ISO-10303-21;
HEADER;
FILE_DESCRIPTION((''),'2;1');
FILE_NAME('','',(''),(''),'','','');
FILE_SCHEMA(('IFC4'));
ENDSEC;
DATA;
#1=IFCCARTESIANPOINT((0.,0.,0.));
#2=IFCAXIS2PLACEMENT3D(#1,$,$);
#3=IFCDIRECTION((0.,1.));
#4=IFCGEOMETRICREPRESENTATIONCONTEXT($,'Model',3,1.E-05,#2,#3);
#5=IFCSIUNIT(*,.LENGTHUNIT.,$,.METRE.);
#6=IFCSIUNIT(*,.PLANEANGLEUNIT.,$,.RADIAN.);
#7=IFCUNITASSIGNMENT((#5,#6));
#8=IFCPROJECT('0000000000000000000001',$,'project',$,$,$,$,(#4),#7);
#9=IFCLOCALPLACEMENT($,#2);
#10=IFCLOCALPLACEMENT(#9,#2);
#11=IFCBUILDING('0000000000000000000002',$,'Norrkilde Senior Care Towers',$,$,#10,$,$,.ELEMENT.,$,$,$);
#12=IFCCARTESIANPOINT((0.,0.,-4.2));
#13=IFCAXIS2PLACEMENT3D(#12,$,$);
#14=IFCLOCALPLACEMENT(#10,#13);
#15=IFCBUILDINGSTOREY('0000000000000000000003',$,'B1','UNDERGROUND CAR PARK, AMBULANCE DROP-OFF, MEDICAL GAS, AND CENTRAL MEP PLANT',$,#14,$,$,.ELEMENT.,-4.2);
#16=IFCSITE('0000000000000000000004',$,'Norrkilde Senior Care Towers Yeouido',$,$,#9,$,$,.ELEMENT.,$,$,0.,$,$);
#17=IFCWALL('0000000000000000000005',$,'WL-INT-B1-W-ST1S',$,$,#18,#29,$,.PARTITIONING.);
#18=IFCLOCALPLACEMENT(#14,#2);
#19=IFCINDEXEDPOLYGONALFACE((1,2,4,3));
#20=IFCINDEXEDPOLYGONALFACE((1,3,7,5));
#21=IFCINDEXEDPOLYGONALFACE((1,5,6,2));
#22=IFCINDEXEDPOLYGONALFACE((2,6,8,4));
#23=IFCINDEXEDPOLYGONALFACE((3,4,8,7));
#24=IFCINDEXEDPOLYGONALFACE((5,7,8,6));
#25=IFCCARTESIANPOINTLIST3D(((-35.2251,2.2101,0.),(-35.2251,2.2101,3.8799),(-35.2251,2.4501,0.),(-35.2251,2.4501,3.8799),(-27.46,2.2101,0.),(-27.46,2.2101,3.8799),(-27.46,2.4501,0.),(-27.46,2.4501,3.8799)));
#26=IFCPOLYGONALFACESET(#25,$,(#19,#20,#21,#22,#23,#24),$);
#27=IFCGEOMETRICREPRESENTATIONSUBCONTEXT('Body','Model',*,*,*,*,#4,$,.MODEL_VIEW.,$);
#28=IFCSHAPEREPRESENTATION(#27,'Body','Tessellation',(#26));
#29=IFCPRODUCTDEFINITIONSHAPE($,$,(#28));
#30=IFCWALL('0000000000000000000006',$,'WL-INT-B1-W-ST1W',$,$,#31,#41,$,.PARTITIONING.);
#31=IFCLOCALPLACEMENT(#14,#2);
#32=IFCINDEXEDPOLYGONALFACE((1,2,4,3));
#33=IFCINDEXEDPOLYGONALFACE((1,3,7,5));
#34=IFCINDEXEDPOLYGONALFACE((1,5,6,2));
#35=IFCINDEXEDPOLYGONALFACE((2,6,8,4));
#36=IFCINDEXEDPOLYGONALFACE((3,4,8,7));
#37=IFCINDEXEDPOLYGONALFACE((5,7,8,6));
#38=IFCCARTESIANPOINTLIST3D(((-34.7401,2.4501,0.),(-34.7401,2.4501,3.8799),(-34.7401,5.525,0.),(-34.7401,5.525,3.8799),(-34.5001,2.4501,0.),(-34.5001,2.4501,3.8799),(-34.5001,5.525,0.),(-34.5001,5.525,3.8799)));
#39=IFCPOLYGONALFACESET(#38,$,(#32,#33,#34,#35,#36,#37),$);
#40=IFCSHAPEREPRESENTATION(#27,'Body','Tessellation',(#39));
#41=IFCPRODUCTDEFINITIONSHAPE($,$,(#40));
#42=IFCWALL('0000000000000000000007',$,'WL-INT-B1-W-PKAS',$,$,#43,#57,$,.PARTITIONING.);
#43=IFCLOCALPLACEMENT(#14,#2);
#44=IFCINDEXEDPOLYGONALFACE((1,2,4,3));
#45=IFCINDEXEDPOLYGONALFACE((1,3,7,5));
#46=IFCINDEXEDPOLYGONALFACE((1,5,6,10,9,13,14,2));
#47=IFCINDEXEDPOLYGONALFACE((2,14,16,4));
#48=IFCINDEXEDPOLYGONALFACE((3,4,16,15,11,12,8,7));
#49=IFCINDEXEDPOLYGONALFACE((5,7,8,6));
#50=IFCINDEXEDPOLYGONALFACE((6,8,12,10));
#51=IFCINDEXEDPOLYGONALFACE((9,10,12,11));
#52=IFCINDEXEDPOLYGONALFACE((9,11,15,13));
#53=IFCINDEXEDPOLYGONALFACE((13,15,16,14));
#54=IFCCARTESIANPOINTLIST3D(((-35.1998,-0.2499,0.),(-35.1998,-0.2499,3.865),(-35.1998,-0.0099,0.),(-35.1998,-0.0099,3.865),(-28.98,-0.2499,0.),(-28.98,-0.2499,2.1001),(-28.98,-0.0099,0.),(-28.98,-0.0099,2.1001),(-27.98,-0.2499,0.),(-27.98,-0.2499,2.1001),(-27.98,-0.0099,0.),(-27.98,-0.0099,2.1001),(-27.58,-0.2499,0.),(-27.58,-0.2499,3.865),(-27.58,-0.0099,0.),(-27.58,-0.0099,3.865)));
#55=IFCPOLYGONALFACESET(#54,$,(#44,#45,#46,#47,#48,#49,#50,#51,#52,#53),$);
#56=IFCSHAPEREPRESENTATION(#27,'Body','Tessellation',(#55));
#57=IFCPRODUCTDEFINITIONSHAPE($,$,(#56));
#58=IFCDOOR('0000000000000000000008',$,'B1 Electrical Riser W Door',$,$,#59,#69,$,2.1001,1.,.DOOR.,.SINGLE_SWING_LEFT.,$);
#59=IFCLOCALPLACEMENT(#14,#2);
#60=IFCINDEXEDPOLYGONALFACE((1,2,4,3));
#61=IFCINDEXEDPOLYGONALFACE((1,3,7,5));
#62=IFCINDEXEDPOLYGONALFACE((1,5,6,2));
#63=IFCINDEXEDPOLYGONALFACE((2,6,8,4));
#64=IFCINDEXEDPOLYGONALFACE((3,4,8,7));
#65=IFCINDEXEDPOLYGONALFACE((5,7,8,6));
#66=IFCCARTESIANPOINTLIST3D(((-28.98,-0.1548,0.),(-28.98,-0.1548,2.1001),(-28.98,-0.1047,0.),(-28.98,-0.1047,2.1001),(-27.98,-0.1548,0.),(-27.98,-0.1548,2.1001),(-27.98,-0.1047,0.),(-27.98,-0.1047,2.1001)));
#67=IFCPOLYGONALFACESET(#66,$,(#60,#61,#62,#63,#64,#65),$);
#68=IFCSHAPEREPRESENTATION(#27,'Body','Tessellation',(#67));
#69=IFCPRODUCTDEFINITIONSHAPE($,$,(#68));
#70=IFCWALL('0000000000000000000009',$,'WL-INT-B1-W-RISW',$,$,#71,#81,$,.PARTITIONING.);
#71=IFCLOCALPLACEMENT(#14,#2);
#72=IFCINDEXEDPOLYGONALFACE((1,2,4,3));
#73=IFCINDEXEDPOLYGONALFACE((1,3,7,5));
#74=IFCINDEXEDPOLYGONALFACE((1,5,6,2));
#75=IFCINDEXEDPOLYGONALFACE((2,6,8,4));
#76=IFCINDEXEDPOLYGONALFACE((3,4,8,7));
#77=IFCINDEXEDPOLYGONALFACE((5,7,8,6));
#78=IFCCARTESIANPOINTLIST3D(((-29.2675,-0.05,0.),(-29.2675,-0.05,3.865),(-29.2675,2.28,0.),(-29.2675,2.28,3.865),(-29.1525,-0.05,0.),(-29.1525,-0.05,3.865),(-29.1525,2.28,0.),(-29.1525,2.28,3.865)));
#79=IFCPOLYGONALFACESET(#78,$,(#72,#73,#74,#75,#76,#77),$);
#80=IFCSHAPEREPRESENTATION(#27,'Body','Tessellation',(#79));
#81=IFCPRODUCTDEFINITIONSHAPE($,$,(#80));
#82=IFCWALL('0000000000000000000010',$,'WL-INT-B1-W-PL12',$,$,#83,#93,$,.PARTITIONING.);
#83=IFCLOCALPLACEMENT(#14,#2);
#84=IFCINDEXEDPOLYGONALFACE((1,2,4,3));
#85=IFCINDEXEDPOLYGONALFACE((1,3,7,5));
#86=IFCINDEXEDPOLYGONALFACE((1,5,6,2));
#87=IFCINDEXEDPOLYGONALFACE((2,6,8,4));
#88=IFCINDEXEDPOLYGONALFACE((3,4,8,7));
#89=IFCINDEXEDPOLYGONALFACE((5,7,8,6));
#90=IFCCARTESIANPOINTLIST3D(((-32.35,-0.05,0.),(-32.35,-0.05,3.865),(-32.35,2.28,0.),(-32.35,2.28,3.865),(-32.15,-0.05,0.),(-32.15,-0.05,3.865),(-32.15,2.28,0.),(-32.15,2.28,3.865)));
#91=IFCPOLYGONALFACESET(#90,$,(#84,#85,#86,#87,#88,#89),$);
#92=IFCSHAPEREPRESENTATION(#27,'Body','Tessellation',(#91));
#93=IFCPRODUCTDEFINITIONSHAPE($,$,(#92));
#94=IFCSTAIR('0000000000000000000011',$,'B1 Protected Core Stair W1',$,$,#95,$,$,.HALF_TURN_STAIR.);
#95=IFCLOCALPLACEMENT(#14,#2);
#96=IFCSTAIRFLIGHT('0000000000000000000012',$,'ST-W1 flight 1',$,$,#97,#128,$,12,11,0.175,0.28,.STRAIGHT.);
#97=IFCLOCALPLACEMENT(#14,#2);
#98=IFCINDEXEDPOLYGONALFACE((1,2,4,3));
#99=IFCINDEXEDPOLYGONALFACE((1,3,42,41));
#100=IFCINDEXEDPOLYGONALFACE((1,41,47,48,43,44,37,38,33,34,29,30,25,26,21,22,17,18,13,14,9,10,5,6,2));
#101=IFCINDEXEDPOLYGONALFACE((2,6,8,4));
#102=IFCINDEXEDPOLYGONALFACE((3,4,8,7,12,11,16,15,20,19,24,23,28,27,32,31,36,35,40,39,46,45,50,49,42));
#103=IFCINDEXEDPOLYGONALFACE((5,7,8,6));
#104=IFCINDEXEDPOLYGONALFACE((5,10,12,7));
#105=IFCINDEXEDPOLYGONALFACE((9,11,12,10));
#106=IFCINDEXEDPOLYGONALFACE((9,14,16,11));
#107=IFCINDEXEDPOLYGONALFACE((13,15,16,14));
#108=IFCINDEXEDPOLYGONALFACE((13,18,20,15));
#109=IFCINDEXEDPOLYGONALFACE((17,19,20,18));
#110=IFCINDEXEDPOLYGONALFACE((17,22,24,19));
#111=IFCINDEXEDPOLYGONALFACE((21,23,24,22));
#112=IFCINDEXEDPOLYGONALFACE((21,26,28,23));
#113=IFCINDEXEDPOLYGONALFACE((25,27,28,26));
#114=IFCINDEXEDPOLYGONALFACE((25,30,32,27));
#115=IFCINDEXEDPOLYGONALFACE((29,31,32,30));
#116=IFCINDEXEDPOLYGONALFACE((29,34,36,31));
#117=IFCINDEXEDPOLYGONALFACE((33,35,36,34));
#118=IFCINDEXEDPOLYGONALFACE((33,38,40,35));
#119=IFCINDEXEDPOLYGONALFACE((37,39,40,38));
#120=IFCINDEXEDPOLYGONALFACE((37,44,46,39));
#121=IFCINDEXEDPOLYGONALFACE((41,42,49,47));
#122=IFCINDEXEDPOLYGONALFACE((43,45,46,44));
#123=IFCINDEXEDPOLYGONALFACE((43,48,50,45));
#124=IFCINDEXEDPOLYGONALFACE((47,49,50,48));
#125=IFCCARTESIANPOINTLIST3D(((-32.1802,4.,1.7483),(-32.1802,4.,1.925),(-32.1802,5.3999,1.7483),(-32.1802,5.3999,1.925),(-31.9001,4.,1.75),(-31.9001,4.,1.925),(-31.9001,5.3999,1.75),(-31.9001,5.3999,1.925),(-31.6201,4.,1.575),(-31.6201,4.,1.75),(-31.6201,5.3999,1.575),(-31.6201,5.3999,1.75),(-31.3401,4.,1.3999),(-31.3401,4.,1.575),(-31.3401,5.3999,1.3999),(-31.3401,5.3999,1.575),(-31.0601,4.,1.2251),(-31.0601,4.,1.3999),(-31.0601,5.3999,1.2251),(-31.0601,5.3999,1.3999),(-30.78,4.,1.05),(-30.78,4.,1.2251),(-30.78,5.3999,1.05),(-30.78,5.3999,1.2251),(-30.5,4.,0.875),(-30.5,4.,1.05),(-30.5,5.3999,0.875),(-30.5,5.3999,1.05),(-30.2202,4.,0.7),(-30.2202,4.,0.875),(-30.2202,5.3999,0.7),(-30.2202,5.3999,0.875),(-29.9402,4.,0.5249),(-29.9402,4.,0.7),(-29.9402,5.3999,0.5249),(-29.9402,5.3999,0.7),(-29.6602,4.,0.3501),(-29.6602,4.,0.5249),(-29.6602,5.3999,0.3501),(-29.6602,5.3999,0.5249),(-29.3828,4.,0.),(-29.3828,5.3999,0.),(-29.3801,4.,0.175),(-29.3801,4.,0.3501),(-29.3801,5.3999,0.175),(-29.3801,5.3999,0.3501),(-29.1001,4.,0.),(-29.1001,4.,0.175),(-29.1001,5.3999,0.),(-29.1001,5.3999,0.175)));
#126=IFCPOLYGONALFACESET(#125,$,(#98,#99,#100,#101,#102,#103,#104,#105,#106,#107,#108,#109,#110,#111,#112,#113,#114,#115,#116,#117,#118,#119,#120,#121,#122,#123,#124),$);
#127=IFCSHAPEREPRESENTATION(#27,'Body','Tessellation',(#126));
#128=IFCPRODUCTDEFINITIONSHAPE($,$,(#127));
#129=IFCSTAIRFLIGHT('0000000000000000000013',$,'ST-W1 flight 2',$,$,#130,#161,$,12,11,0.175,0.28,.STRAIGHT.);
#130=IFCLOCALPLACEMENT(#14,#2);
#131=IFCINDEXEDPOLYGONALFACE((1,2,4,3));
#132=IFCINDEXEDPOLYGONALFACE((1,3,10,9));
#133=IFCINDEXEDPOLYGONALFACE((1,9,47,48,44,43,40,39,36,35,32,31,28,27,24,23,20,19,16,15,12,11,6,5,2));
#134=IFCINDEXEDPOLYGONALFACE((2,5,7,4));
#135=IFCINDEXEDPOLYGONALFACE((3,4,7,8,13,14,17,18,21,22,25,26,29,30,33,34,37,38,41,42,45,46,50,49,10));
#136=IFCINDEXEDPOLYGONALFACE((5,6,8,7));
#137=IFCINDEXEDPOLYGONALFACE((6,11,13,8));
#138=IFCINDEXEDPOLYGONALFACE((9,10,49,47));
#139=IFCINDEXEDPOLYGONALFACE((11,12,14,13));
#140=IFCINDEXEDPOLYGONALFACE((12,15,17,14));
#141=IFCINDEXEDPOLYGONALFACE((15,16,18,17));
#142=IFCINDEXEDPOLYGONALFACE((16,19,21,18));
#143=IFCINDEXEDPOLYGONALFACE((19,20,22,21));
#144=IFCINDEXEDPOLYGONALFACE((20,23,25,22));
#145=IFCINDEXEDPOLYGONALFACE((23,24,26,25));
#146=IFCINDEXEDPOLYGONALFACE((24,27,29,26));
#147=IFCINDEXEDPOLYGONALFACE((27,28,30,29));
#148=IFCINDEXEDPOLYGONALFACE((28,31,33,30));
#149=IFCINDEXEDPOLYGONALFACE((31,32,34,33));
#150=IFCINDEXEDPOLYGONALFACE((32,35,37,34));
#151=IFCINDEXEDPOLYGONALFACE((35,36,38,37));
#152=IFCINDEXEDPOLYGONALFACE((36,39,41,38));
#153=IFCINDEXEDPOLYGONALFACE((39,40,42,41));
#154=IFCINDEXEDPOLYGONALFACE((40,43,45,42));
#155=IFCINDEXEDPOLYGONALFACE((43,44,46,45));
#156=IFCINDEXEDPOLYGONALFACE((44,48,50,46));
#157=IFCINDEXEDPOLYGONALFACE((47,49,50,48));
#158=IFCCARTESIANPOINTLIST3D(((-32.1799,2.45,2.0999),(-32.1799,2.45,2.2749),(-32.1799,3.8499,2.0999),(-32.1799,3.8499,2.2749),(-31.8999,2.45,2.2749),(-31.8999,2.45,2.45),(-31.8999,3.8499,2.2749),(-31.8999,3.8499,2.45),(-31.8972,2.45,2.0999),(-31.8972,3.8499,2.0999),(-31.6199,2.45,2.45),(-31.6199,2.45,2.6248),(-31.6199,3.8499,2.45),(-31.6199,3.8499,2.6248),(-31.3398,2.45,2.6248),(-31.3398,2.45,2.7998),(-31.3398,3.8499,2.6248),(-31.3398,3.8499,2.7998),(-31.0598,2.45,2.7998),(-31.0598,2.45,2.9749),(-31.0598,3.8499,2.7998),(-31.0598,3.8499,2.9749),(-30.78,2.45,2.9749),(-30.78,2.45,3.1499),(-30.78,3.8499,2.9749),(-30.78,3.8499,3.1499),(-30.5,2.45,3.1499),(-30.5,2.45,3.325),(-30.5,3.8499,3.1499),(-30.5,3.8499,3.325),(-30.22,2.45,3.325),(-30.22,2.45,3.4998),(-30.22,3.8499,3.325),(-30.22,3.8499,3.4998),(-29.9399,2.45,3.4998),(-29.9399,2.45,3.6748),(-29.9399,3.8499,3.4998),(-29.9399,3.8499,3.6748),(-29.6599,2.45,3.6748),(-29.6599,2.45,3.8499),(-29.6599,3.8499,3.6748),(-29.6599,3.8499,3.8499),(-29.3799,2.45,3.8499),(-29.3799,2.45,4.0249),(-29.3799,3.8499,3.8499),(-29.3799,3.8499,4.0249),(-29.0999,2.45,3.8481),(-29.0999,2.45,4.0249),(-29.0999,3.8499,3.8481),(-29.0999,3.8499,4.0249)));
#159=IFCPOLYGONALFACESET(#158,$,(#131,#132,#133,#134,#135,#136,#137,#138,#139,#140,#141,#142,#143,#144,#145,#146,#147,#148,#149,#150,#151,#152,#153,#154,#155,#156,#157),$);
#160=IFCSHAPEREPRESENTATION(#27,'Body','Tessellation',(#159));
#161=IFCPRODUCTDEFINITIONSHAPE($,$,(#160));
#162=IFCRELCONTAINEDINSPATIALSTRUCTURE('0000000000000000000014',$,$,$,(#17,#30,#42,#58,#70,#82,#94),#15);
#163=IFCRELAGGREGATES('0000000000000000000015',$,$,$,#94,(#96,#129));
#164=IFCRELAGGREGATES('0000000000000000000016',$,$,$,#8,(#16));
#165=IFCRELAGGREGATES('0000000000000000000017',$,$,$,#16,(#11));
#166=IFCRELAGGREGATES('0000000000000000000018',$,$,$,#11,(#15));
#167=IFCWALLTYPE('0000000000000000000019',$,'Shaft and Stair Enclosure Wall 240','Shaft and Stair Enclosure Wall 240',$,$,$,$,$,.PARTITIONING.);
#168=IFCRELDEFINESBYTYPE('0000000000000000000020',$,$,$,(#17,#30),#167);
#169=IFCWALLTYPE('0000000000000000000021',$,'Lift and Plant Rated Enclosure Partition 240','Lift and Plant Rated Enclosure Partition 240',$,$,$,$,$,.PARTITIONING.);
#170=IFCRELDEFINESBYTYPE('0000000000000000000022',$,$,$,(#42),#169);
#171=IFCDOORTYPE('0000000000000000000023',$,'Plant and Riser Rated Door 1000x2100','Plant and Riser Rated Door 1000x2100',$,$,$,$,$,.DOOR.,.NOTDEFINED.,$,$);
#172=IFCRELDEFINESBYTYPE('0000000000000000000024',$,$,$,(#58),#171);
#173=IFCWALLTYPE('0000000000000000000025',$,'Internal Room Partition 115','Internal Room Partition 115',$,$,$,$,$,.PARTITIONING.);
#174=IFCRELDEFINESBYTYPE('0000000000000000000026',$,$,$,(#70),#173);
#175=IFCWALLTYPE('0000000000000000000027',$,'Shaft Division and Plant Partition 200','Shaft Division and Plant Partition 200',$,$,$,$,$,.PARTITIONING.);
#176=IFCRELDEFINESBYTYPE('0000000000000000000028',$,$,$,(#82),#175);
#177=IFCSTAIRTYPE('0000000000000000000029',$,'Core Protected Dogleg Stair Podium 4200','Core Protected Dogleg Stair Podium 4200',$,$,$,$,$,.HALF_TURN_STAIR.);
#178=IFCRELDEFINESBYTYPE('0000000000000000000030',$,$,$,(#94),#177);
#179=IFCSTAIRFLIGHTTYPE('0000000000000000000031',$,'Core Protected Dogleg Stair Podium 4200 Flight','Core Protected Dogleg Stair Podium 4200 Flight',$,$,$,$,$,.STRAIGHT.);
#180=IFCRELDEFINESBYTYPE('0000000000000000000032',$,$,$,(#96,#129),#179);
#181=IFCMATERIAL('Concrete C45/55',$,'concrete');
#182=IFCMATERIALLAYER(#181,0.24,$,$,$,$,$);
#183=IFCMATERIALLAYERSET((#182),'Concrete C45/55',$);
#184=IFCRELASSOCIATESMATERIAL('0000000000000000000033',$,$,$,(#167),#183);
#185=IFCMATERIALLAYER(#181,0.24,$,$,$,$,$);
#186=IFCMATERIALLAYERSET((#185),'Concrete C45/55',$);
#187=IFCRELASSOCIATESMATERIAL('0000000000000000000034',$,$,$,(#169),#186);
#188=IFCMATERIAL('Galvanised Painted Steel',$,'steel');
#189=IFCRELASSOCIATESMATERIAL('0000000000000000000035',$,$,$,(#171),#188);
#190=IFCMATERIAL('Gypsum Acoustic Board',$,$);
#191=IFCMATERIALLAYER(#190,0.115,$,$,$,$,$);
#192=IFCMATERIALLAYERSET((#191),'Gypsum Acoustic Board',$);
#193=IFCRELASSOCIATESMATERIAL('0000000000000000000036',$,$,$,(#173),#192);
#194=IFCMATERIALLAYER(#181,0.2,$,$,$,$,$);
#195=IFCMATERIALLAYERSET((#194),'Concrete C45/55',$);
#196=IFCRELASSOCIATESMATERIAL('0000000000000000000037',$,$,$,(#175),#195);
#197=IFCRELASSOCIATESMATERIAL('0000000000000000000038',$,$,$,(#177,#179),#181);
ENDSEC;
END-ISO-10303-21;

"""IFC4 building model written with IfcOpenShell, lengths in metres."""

from ifc_helpers import new_model, si_unit, direction, frame, frame_2d, origin, place, context, subcontext, project, spatial, polyline, rectangle, outline, extrude, source, transform, mapped, material, layer, layer_set, type_object, type_shapes, element, fill, aggregate, save


model = new_model("IFC4")

# Units and contexts
model_context = context("Model", 3, precision=1e-05, world=origin(), true_north=direction((0.0, 1.0)))
body_context = subcontext(model_context, "Body", "Model", "MODEL_VIEW")
ifc_project = project(units=[si_unit("LENGTHUNIT", "METRE"), si_unit("PLANEANGLEUNIT", "RADIAN")], contexts=[model_context])

# Site, building, storey
site_placement = place(None, origin())
site = spatial("IfcSite", under=ifc_project, at=site_placement, Name="Norrkilde Senior Care Towers Yeouido", CompositionType="ELEMENT", RefElevation=0.0)
building_placement = place(site_placement, origin())
building = spatial("IfcBuilding", under=site, at=building_placement, Name="Norrkilde Senior Care Towers", CompositionType="ELEMENT")
storey_placement = place(building_placement, frame((0.0, 0.0, -4.2)))
storey = spatial("IfcBuildingStorey", under=building, at=storey_placement, Name="B1", Description="UNDERGROUND CAR PARK, AMBULANCE DROP-OFF, MEDICAL GAS, AND CENTRAL MEP PLANT", CompositionType="ELEMENT", Elevation=-4.2)

# Walls
ifc_material_1 = material(Name="Concrete C45/55", Category="concrete")
ifc_layer_1 = layer(ifc_material_1, 0.24)
ifc_layer_set_1 = layer_set([ifc_layer_1], Name="Concrete C45/55")
wall_type_1 = type_object("IfcWallType", Name="Shaft and Stair Enclosure Wall 240", Description="Shaft and Stair Enclosure Wall 240", PredefinedType="PARTITIONING", material=ifc_layer_set_1)
shared_shape_1 = source(origin(), body_context, "Body", "SweptSolid", [
    extrude(rectangle(XDim=7.7651, YDim=0.24, at=frame_2d((3.8826, 0.0))), origin(), (0.0, 0.0, 1.0), 3.8799),
])
wall_1_placement = place(storey_placement, frame((-35.2251, 2.3301, 0.0), z_axis=(0.0, 0.0, 1.0), x_axis=(1.0, 0.0, 0.0)))
element("IfcWall", 1, at=wall_1_placement, inside=storey, type_object=wall_type_1, Name="WL-INT-B1-W-ST1S", PredefinedType="PARTITIONING", context=body_context, shape_type="MappedRepresentation", body=[
    mapped(shared_shape_1, transform((0.0, 0.0, 0.0), x_axis=(1.0, 0.0, 0.0), y_axis=(0.0, 1.0, 0.0), z_axis=(0.0, 0.0, 1.0), scale=1.0)),
])
shared_shape_2 = source(origin(), body_context, "Body", "SweptSolid", [
    extrude(rectangle(XDim=3.075, YDim=0.24, at=frame_2d((1.5376, 0.0))), origin(), (0.0, 0.0, 1.0), 3.8799),
])
type_shapes(wall_type_1, [shared_shape_1, shared_shape_2])
wall_2_placement = place(storey_placement, frame((-34.6201, 2.45, 0.0), z_axis=(0.0, 0.0, 1.0), x_axis=(0.0, 1.0, 0.0)))
element("IfcWall", 2, at=wall_2_placement, inside=storey, type_object=wall_type_1, Name="WL-INT-B1-W-ST1W", PredefinedType="PARTITIONING", context=body_context, shape_type="MappedRepresentation", body=[
    mapped(shared_shape_2, transform((0.0, 0.0, 0.0), x_axis=(1.0, 0.0, 0.0), y_axis=(0.0, 1.0, 0.0), z_axis=(0.0, 0.0, 1.0), scale=1.0)),
])

# Wall, opening, door
ifc_material_2 = material(Name="Galvanised Painted Steel", Category="steel")
ifc_layer_2 = layer(ifc_material_1, 0.24)
ifc_layer_set_2 = layer_set([ifc_layer_2], Name="Concrete C45/55")
wall_type_2 = type_object("IfcWallType", Name="Lift and Plant Rated Enclosure Partition 240", Description="Lift and Plant Rated Enclosure Partition 240", PredefinedType="PARTITIONING", material=ifc_layer_set_2)
shared_shape_3 = source(origin(), body_context, "Body", "SweptSolid", [
    extrude(rectangle(XDim=7.6199, YDim=0.24, at=frame_2d((3.8101, 0.0))), origin(), (0.0, 0.0, 1.0), 3.865),
])
type_shapes(wall_type_2, [shared_shape_3])
wall_3_placement = place(storey_placement, frame((-35.2, -0.1299, 0.0), z_axis=(0.0, 0.0, 1.0), x_axis=(1.0, 0.0, 0.0)))
wall_3 = element("IfcWall", 3, at=wall_3_placement, inside=storey, type_object=wall_type_2, Name="WL-INT-B1-W-PKAS", PredefinedType="PARTITIONING", context=body_context, shape_type="MappedRepresentation", body=[
    mapped(shared_shape_3, transform((0.0, 0.0, 0.0), x_axis=(1.0, 0.0, 0.0), y_axis=(0.0, 1.0, 0.0), z_axis=(0.0, 0.0, 1.0), scale=1.0)),
])
opening_1_placement = place(wall_3_placement, frame((6.22, 0.0, 0.0)))
opening_1 = element("IfcOpeningElement", 4, at=opening_1_placement, cuts=wall_3, PredefinedType="OPENING", context=body_context, shape_type="SweptSolid", body=[
    extrude(rectangle(XDim=1.0, YDim=2.1001, at=frame_2d((0.5, 1.05))), frame((0.0, 0.1299, 0.0), z_axis=(0.0, -1.0, 0.0), x_axis=(1.0, 0.0, 0.0)), (0.0, 0.0, 1.0), 0.26),
])
door_type_1 = type_object("IfcDoorType", Name="Plant and Riser Rated Door 1000x2100", Description="Plant and Riser Rated Door 1000x2100", OperationType="NOTDEFINED", PredefinedType="DOOR", material=ifc_material_2)
shared_shape_4 = source(origin(), body_context, "Body", "SweptSolid", [
    extrude(rectangle(XDim=1.0, YDim=2.1001, at=frame_2d((0.5, 1.05))), frame((0.0, 0.0249, 0.0), z_axis=(0.0, -1.0, 0.0), x_axis=(1.0, 0.0, 0.0)), (0.0, 0.0, 1.0), 0.05),
])
type_shapes(door_type_1, [shared_shape_4])
door_1_placement = place(opening_1_placement, frame((1.0, 0.0, 0.0), z_axis=(0.0, 0.0, 1.0), x_axis=(-1.0, 0.0, 0.0)))
door_1 = element("IfcDoor", 5, at=door_1_placement, inside=storey, type_object=door_type_1, Name="B1 Electrical Riser W Door", OperationType="SINGLE_SWING_LEFT", OverallHeight=2.1001, OverallWidth=1.0, PredefinedType="DOOR", context=body_context, shape_type="MappedRepresentation", body=[
    mapped(shared_shape_4, transform((0.0, 0.0, 0.0), x_axis=(1.0, 0.0, 0.0), y_axis=(0.0, 1.0, 0.0), z_axis=(0.0, 0.0, 1.0), scale=1.0)),
])
fill(opening_1, door_1)

# Walls
ifc_material_3 = material(Name="Gypsum Acoustic Board")
ifc_layer_3 = layer(ifc_material_3, 0.115)
ifc_layer_set_3 = layer_set([ifc_layer_3], Name="Gypsum Acoustic Board")
wall_type_3 = type_object("IfcWallType", Name="Internal Room Partition 115", Description="Internal Room Partition 115", PredefinedType="PARTITIONING", material=ifc_layer_set_3)
shared_shape_5 = source(origin(), body_context, "Body", "SweptSolid", [
    extrude(rectangle(XDim=2.3301, YDim=0.115, at=frame_2d((1.165, 0.0))), origin(), (0.0, 0.0, 1.0), 3.865),
])
type_shapes(wall_type_3, [shared_shape_5])
wall_4_placement = place(storey_placement, frame((-29.21, -0.05, 0.0), z_axis=(0.0, 0.0, 1.0), x_axis=(0.0, 1.0, 0.0)))
element("IfcWall", 6, at=wall_4_placement, inside=storey, type_object=wall_type_3, Name="WL-INT-B1-W-RISW", PredefinedType="PARTITIONING", context=body_context, shape_type="MappedRepresentation", body=[
    mapped(shared_shape_5, transform((0.0, 0.0, 0.0), x_axis=(1.0, 0.0, 0.0), y_axis=(0.0, 1.0, 0.0), z_axis=(0.0, 0.0, 1.0), scale=1.0)),
])
ifc_layer_4 = layer(ifc_material_1, 0.2)
ifc_layer_set_4 = layer_set([ifc_layer_4], Name="Concrete C45/55")
wall_type_4 = type_object("IfcWallType", Name="Shaft Division and Plant Partition 200", Description="Shaft Division and Plant Partition 200", PredefinedType="PARTITIONING", material=ifc_layer_set_4)
shared_shape_6 = source(origin(), body_context, "Body", "SweptSolid", [
    extrude(rectangle(XDim=2.3301, YDim=0.2, at=frame_2d((1.165, 0.0))), origin(), (0.0, 0.0, 1.0), 3.865),
])
type_shapes(wall_type_4, [shared_shape_6])
wall_5_placement = place(storey_placement, frame((-32.25, -0.05, 0.0), z_axis=(0.0, 0.0, 1.0), x_axis=(0.0, 1.0, 0.0)))
element("IfcWall", 7, at=wall_5_placement, inside=storey, type_object=wall_type_4, Name="WL-INT-B1-W-PL12", PredefinedType="PARTITIONING", context=body_context, shape_type="MappedRepresentation", body=[
    mapped(shared_shape_6, transform((0.0, 0.0, 0.0), x_axis=(1.0, 0.0, 0.0), y_axis=(0.0, 1.0, 0.0), z_axis=(0.0, 0.0, 1.0), scale=1.0)),
])

# Stair, stair flights
stair_type = type_object("IfcStairType", Name="Core Protected Dogleg Stair Podium 4200", Description="Core Protected Dogleg Stair Podium 4200", PredefinedType="HALF_TURN_STAIR", material=ifc_material_1)
stair_placement = place(storey_placement, origin())
stair = element("IfcStair", 8, at=stair_placement, inside=storey, type_object=stair_type, Name="B1 Protected Core Stair W1", PredefinedType="HALF_TURN_STAIR")
stair_flight_type = type_object("IfcStairFlightType", Name="Core Protected Dogleg Stair Podium 4200 Flight", Description="Core Protected Dogleg Stair Podium 4200 Flight", PredefinedType="STRAIGHT", material=ifc_material_1)
stair_flight_1_placement = place(storey_placement, frame((-29.1001, 4.7, 0.0), z_axis=(0.0, 0.0, 1.0), x_axis=(-1.0, 0.0, 0.0)))
stair_flight_1 = element("IfcStairFlight", 9, at=stair_flight_1_placement, type_object=stair_flight_type, Name="ST-W1 flight 1", NumberOfRisers=12, NumberOfTreads=11, PredefinedType="STRAIGHT", RiserHeight=0.175, TreadLength=0.28, context=body_context, shape_type="SweptSolid", body=[
    extrude(outline(polyline([(0.0, 0.0), (0.0, 0.175), (0.28, 0.175), (0.28, 0.3501), (0.5601, 0.3501), (0.5601, 0.5249), (0.8401, 0.5249), (0.8401, 0.7), (1.1201, 0.7), (1.1201, 0.875), (1.3999, 0.875), (1.3999, 1.05), (1.6799, 1.05), (1.6799, 1.2251), (1.96, 1.2251), (1.96, 1.3999), (2.24, 1.3999), (2.24, 1.575), (2.52, 1.575), (2.52, 1.75), (2.8, 1.75), (2.8, 1.925), (3.0801, 1.925), (3.0801, 2.1001), (3.0801, 1.7483), (0.2827, 0.0), (0.0, 0.0)])), frame((0.0, 0.7, 0.0), z_axis=(0.0, -1.0, 0.0), x_axis=(1.0, 0.0, 0.0)), (0.0, 0.0, 1.0), 1.3999),
])
stair_flight_2_placement = place(storey_placement, frame((-32.1799, 3.1499, 2.0999), z_axis=(0.0, 0.0, 1.0), x_axis=(1.0, 0.0, 0.0)))
stair_flight_2 = element("IfcStairFlight", 10, at=stair_flight_2_placement, type_object=stair_flight_type, Name="ST-W1 flight 2", NumberOfRisers=12, NumberOfTreads=11, PredefinedType="STRAIGHT", RiserHeight=0.175, TreadLength=0.28, context=body_context, shape_type="SweptSolid", body=[
    extrude(outline(polyline([(0.0, 0.0), (0.0, 0.175), (0.28, 0.175), (0.28, 0.3501), (0.5601, 0.3501), (0.5601, 0.5249), (0.8401, 0.5249), (0.8401, 0.7), (1.1201, 0.7), (1.1201, 0.875), (1.3999, 0.875), (1.3999, 1.05), (1.6799, 1.05), (1.6799, 1.2251), (1.96, 1.2251), (1.96, 1.3999), (2.24, 1.3999), (2.24, 1.575), (2.52, 1.575), (2.52, 1.75), (2.8, 1.75), (2.8, 1.925), (3.0801, 1.925), (3.0801, 2.1001), (3.0801, 1.7483), (0.2827, 0.0), (0.0, 0.0)])), frame((0.0, 0.7, 0.0), z_axis=(0.0, -1.0, 0.0), x_axis=(1.0, 0.0, 0.0)), (0.0, 0.0, 1.0), 1.3999),
])
aggregate(stair, [stair_flight_1, stair_flight_2])

save(model, "model.ifc")
